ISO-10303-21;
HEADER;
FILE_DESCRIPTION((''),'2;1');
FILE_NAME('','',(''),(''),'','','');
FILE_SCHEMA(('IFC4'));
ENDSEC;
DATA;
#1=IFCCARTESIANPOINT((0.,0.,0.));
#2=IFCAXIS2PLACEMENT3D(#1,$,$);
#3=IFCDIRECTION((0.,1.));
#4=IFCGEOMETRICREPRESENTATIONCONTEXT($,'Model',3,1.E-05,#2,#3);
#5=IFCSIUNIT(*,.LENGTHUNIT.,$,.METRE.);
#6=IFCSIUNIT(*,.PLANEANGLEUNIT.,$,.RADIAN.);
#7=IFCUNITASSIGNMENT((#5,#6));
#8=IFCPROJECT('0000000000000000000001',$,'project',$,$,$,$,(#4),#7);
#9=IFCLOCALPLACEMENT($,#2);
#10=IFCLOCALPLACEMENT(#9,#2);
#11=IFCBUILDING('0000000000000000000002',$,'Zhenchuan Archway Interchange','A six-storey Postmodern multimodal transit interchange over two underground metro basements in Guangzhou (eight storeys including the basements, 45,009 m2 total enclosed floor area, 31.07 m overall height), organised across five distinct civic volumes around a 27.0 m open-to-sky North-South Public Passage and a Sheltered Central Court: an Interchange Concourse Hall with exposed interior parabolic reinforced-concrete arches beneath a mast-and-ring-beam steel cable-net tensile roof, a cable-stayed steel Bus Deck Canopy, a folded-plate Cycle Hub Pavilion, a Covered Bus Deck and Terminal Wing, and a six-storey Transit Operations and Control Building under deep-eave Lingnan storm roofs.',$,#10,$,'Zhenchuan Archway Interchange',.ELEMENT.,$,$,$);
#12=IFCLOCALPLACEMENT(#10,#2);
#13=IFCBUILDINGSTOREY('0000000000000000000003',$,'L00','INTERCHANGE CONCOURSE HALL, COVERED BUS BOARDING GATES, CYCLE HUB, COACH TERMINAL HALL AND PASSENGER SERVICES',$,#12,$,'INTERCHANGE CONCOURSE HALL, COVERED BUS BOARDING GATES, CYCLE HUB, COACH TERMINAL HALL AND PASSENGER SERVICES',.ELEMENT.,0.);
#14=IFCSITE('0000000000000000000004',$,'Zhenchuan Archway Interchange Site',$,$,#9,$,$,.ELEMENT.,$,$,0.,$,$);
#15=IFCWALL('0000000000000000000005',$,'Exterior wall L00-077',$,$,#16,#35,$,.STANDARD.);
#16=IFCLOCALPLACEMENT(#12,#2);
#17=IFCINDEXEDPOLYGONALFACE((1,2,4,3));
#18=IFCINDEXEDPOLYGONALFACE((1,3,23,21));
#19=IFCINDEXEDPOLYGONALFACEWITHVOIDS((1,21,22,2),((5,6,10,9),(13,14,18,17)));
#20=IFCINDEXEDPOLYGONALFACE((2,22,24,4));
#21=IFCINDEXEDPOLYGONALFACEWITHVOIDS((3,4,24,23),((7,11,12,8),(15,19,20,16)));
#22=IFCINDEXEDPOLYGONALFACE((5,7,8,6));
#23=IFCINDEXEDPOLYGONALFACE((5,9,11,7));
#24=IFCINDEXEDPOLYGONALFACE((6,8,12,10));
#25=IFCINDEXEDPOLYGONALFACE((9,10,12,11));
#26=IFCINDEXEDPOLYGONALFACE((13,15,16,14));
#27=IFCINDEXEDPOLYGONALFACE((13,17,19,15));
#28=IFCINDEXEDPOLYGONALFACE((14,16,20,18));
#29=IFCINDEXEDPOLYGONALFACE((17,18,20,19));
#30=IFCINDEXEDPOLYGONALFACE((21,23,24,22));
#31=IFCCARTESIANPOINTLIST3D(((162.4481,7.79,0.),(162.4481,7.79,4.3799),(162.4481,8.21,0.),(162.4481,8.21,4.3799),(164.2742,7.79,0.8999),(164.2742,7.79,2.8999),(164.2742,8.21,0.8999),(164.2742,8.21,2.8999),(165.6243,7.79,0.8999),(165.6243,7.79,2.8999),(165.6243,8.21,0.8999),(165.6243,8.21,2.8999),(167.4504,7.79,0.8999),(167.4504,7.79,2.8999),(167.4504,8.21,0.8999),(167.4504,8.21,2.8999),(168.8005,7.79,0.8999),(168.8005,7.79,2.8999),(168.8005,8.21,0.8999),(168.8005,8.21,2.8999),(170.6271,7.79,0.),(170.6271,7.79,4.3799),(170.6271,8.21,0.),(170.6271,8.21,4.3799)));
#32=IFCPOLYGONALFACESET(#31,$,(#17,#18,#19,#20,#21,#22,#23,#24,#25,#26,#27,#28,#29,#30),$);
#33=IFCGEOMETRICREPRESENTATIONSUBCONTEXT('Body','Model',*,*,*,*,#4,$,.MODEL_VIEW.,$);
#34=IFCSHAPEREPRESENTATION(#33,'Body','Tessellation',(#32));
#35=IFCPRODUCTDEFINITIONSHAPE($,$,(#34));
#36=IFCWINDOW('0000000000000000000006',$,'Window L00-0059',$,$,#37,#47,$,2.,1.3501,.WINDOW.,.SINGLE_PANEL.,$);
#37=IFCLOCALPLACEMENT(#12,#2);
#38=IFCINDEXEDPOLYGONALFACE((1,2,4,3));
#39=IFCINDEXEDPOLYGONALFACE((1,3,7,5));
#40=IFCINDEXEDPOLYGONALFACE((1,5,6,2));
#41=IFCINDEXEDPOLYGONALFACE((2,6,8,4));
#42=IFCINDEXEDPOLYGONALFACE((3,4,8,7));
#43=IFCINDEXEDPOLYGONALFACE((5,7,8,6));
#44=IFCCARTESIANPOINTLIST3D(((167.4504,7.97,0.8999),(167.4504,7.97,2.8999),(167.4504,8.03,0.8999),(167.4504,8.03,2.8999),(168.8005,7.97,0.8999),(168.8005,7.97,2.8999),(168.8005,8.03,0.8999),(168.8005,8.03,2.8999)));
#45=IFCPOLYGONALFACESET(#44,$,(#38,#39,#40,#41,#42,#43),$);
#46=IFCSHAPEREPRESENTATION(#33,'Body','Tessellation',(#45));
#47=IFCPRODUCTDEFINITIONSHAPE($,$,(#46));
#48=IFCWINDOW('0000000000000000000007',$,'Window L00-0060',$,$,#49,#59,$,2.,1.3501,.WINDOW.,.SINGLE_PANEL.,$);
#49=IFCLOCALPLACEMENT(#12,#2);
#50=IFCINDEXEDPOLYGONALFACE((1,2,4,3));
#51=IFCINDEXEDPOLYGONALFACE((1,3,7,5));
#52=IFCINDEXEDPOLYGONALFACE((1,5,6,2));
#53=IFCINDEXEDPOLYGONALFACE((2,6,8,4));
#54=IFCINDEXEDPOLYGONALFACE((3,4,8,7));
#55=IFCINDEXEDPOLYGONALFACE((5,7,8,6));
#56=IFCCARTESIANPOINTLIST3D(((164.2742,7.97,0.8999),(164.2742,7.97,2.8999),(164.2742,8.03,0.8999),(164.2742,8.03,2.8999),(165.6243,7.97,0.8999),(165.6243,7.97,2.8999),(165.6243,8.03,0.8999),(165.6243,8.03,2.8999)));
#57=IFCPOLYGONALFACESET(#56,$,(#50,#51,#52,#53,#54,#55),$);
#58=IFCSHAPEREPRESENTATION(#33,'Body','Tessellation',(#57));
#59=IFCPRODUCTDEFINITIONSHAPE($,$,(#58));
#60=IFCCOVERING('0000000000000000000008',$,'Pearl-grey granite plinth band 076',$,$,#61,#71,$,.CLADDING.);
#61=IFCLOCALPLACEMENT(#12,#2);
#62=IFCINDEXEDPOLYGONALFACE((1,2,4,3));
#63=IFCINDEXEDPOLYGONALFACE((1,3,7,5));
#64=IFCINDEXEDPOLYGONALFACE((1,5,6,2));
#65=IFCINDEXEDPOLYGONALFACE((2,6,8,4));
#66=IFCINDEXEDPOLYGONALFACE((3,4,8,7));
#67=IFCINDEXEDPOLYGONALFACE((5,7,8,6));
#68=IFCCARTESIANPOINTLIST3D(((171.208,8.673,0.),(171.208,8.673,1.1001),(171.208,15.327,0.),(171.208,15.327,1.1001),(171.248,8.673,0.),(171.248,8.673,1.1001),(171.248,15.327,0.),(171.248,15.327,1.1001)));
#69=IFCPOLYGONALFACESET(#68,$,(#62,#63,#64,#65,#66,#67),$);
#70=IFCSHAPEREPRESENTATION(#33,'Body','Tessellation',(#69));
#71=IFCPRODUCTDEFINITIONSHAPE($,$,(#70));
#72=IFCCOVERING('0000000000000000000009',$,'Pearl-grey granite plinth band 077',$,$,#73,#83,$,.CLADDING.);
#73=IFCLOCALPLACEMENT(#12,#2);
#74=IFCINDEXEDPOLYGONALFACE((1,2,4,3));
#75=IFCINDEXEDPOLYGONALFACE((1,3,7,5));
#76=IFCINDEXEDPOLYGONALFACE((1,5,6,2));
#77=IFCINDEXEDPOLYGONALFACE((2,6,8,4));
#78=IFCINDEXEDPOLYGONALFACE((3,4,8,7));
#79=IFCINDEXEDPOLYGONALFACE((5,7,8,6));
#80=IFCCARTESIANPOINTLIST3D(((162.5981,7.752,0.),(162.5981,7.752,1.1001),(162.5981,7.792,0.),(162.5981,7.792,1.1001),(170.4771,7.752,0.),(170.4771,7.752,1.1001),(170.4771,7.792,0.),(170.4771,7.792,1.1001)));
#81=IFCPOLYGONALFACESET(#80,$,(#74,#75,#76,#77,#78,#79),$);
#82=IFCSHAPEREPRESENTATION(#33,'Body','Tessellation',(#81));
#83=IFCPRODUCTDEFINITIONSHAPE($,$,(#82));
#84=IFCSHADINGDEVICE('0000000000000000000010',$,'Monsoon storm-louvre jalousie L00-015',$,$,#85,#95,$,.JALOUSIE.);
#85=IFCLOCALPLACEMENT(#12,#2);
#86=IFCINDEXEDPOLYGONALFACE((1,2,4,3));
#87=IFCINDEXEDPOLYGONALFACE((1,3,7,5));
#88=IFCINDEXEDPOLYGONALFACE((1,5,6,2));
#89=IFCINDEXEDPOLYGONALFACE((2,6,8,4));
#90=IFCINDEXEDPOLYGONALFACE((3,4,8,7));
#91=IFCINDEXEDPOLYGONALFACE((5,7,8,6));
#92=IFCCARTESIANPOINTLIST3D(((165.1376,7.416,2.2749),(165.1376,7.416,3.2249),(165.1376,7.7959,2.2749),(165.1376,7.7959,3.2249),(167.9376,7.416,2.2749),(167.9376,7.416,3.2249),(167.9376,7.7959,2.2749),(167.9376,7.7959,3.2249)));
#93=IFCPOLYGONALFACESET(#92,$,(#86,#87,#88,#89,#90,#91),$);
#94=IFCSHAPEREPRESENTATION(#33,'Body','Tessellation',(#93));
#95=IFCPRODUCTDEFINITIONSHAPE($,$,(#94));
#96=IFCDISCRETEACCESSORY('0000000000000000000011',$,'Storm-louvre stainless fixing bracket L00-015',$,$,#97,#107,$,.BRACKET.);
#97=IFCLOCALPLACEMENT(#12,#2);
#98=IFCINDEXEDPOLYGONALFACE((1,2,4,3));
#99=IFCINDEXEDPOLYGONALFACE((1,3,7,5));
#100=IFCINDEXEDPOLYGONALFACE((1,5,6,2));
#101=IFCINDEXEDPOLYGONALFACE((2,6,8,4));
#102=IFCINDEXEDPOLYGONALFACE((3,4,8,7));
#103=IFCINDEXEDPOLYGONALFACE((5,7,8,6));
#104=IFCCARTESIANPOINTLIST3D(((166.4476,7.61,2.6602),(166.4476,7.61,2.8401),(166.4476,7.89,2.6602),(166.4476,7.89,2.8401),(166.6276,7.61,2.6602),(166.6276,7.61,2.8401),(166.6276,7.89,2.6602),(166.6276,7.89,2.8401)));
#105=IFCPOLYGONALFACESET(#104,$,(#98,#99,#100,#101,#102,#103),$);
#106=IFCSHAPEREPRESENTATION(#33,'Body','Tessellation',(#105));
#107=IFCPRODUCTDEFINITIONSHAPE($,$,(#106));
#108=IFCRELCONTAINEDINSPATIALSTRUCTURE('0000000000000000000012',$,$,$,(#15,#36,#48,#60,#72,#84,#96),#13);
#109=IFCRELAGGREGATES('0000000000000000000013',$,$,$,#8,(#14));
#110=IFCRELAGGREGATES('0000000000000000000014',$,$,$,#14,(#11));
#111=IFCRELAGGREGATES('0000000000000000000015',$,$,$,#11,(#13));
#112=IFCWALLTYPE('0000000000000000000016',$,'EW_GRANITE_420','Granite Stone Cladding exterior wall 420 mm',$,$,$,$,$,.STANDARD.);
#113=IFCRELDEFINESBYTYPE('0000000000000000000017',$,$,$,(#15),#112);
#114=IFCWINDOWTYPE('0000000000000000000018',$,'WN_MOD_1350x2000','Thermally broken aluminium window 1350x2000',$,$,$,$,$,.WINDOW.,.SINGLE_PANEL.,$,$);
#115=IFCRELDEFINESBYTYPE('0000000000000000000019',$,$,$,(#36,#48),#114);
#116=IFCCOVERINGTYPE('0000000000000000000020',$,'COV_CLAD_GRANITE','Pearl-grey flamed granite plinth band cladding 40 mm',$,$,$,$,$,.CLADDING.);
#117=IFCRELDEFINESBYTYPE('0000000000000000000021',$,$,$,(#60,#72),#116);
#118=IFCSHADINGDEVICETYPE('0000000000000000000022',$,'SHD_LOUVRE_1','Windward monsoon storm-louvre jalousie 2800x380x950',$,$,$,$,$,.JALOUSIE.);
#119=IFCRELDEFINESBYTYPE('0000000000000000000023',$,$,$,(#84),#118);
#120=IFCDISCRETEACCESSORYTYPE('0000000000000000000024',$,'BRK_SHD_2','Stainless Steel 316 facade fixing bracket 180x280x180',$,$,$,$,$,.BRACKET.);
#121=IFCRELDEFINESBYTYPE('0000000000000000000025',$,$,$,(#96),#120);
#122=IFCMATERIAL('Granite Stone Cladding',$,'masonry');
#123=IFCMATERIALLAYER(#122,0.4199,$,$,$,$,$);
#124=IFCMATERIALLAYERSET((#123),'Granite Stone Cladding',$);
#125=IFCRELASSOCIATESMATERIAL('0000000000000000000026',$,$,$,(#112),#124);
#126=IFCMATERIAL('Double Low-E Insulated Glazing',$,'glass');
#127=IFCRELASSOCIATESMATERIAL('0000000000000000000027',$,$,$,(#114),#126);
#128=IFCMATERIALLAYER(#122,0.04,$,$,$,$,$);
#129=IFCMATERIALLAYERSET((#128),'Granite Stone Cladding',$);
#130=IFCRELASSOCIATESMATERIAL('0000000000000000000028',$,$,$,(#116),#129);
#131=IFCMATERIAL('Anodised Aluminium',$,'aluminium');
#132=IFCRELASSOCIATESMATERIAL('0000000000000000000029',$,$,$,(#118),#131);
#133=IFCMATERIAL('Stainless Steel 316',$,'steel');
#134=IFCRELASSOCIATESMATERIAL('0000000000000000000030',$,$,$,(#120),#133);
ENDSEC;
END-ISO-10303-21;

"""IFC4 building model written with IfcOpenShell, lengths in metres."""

from ifc_helpers import new_model, si_unit, direction, frame, frame_2d, origin, origin_2d, place, context, subcontext, project, spatial, rectangle, extrude, material, layer, layer_set, type_object, element, fill, save


model = new_model("IFC4")

# Units and contexts
model_context = context("Model", 3, precision=1e-05, world=origin(), true_north=direction((0.0, 1.0)))
body_context = subcontext(model_context, "Body", "Model", "MODEL_VIEW")
ifc_project = project(units=[si_unit("LENGTHUNIT", "METRE"), si_unit("PLANEANGLEUNIT", "RADIAN")], contexts=[model_context])

# Site, building, storey
site_placement = place(None, origin())
site = spatial("IfcSite", under=ifc_project, at=site_placement, Name="Zhenchuan Archway Interchange Site", CompositionType="ELEMENT", RefElevation=0.0)
building_placement = place(site_placement, origin())
building = spatial("IfcBuilding", under=site, at=building_placement, Name="Zhenchuan Archway Interchange", Description="A six-storey Postmodern multimodal transit interchange over two underground metro basements in Guangzhou (eight storeys including the basements, 45,009 m2 total enclosed floor area, 31.07 m overall height), organised across five distinct civic volumes around a 27.0 m open-to-sky North-South Public Passage and a Sheltered Central Court: an Interchange Concourse Hall with exposed interior parabolic reinforced-concrete arches beneath a mast-and-ring-beam steel cable-net tensile roof, a cable-stayed steel Bus Deck Canopy, a folded-plate Cycle Hub Pavilion, a Covered Bus Deck and Terminal Wing, and a six-storey Transit Operations and Control Building under deep-eave Lingnan storm roofs.", LongName="Zhenchuan Archway Interchange", CompositionType="ELEMENT")
storey_placement = place(building_placement, origin())
storey = spatial("IfcBuildingStorey", under=building, at=storey_placement, Name="L00", Description="INTERCHANGE CONCOURSE HALL, COVERED BUS BOARDING GATES, CYCLE HUB, COACH TERMINAL HALL AND PASSENGER SERVICES", LongName="INTERCHANGE CONCOURSE HALL, COVERED BUS BOARDING GATES, CYCLE HUB, COACH TERMINAL HALL AND PASSENGER SERVICES", CompositionType="ELEMENT", Elevation=0.0)

# Wall, openings, windows
ifc_material_1 = material(Name="Granite Stone Cladding", Category="masonry")
ifc_layer_1 = layer(ifc_material_1, 0.4199)
ifc_layer_set_1 = layer_set([ifc_layer_1], Name="Granite Stone Cladding")
wall_type = type_object("IfcWallType", Name="EW_GRANITE_420", Description="Granite Stone Cladding exterior wall 420 mm", PredefinedType="STANDARD", material=ifc_layer_set_1)
ifc_material_2 = material(Name="Double Low-E Insulated Glazing", Category="glass")
wall_1_placement = place(storey_placement, frame((170.627, 8.0, 0.0), z_axis=(0.0, 0.0, 1.0), x_axis=(-1.0, 0.0, 0.0)))
wall_1 = element("IfcWall", 1, at=wall_1_placement, inside=storey, type_object=wall_type, Name="Exterior wall L00-077", PredefinedType="STANDARD", context=body_context, shape_type="SweptSolid", body=[
    extrude(rectangle(XDim=8.179, YDim=0.4199, at=frame_2d((4.0894, 0.0))), origin(), (0.0, 0.0, 1.0), 4.3799),
])
opening_1_placement = place(wall_1_placement, frame((1.8264, 0.0, 0.8999)))
opening_1 = element("IfcOpeningElement", 2, at=opening_1_placement, cuts=wall_1, PredefinedType="OPENING", context=body_context, shape_type="SweptSolid", body=[
    extrude(rectangle(XDim=1.3501, YDim=2.0, at=frame_2d((0.675, 1.0))), frame((0.0, 0.2219, 0.0), z_axis=(0.0, -1.0, 0.0), x_axis=(1.0, 0.0, 0.0)), (0.0, 0.0, 1.0), 0.4438),
])
opening_2_placement = place(wall_1_placement, frame((5.0027, 0.0, 0.8999)))
opening_2 = element("IfcOpeningElement", 3, at=opening_2_placement, cuts=wall_1, PredefinedType="OPENING", context=body_context, shape_type="SweptSolid", body=[
    extrude(rectangle(XDim=1.3501, YDim=2.0, at=frame_2d((0.675, 1.0))), frame((0.0, 0.2219, 0.0), z_axis=(0.0, -1.0, 0.0), x_axis=(1.0, 0.0, 0.0)), (0.0, 0.0, 1.0), 0.4438),
])
window_type_1 = type_object("IfcWindowType", Name="WN_MOD_1350x2000", Description="Thermally broken aluminium window 1350x2000", PartitioningType="SINGLE_PANEL", PredefinedType="WINDOW", material=ifc_material_2)
window_1_placement = place(opening_1_placement, origin())
window_1 = element("IfcWindow", 4, at=window_1_placement, inside=storey, type_object=window_type_1, Name="Window L00-0059", OverallHeight=2.0, OverallWidth=1.3501, PartitioningType="SINGLE_PANEL", PredefinedType="WINDOW", context=body_context, shape_type="SweptSolid", body=[
    extrude(rectangle(XDim=1.3501, YDim=2.0, at=frame_2d((0.675, 1.0))), frame((0.0, 0.03, 0.0), z_axis=(0.0, -1.0, 0.0), x_axis=(1.0, 0.0, 0.0)), (0.0, 0.0, 1.0), 0.0601),
])
fill(opening_1, window_1)
window_2_placement = place(opening_2_placement, origin())
window_2 = element("IfcWindow", 5, at=window_2_placement, inside=storey, type_object=window_type_1, Name="Window L00-0060", OverallHeight=2.0, OverallWidth=1.3501, PartitioningType="SINGLE_PANEL", PredefinedType="WINDOW", context=body_context, shape_type="SweptSolid", body=[
    extrude(rectangle(XDim=1.3501, YDim=2.0, at=frame_2d((0.675, 1.0))), frame((0.0, 0.03, 0.0), z_axis=(0.0, -1.0, 0.0), x_axis=(1.0, 0.0, 0.0)), (0.0, 0.0, 1.0), 0.0601),
])
fill(opening_2, window_2)

# Coverings
ifc_layer_2 = layer(ifc_material_1, 0.04)
ifc_layer_set_2 = layer_set([ifc_layer_2], Name="Granite Stone Cladding")
covering_type = type_object("IfcCoveringType", Name="COV_CLAD_GRANITE", Description="Pearl-grey flamed granite plinth band cladding 40 mm", PredefinedType="CLADDING", material=ifc_layer_set_2)
covering_1_placement = place(storey_placement, frame((171.228, 12.0, 0.0), z_axis=(0.0, 0.0, 1.0), x_axis=(0.0, -1.0, 0.0)))
element("IfcCovering", 6, at=covering_1_placement, inside=storey, type_object=covering_type, Name="Pearl-grey granite plinth band 076", PredefinedType="CLADDING", context=body_context, shape_type="SweptSolid", body=[
    extrude(rectangle(XDim=6.6541, YDim=0.04, at=origin_2d()), origin(), (0.0, 0.0, 1.0), 1.1001),
])
covering_2_placement = place(storey_placement, frame((166.5376, 7.772, 0.0), z_axis=(0.0, 0.0, 1.0), x_axis=(-1.0, 0.0, 0.0)))
element("IfcCovering", 7, at=covering_2_placement, inside=storey, type_object=covering_type, Name="Pearl-grey granite plinth band 077", PredefinedType="CLADDING", context=body_context, shape_type="SweptSolid", body=[
    extrude(rectangle(XDim=7.8789, YDim=0.04, at=origin_2d()), origin(), (0.0, 0.0, 1.0), 1.1001),
])

# Shading device
ifc_material_3 = material(Name="Anodised Aluminium", Category="aluminium")
shading_device_type = type_object("IfcShadingDeviceType", Name="SHD_LOUVRE_1", Description="Windward monsoon storm-louvre jalousie 2800x380x950", PredefinedType="JALOUSIE", material=ifc_material_3)
shading_device_placement = place(storey_placement, frame((166.5376, 7.606, 2.2749), z_axis=(0.0, 0.0, 1.0), x_axis=(-1.0, 0.0, 0.0)))
element("IfcShadingDevice", 8, at=shading_device_placement, inside=storey, type_object=shading_device_type, Name="Monsoon storm-louvre jalousie L00-015", PredefinedType="JALOUSIE", context=body_context, shape_type="SweptSolid", body=[
    extrude(rectangle(XDim=2.8, YDim=0.3799, at=origin_2d()), origin(), (0.0, 0.0, 1.0), 0.95),
])

# Discrete accessory
ifc_material_4 = material(Name="Stainless Steel 316", Category="steel")
discrete_accessory_type = type_object("IfcDiscreteAccessoryType", Name="BRK_SHD_2", Description="Stainless Steel 316 facade fixing bracket 180x280x180", PredefinedType="BRACKET", material=ifc_material_4)
discrete_accessory_placement = place(storey_placement, frame((166.5376, 7.75, 2.6602), z_axis=(0.0, 0.0, 1.0), x_axis=(-1.0, 0.0, 0.0)))
element("IfcDiscreteAccessory", 9, at=discrete_accessory_placement, inside=storey, type_object=discrete_accessory_type, Name="Storm-louvre stainless fixing bracket L00-015", PredefinedType="BRACKET", context=body_context, shape_type="SweptSolid", body=[
    extrude(rectangle(XDim=0.1799, YDim=0.28, at=origin_2d()), origin(), (0.0, 0.0, 1.0), 0.1799),
])

save(model, "model.ifc")
